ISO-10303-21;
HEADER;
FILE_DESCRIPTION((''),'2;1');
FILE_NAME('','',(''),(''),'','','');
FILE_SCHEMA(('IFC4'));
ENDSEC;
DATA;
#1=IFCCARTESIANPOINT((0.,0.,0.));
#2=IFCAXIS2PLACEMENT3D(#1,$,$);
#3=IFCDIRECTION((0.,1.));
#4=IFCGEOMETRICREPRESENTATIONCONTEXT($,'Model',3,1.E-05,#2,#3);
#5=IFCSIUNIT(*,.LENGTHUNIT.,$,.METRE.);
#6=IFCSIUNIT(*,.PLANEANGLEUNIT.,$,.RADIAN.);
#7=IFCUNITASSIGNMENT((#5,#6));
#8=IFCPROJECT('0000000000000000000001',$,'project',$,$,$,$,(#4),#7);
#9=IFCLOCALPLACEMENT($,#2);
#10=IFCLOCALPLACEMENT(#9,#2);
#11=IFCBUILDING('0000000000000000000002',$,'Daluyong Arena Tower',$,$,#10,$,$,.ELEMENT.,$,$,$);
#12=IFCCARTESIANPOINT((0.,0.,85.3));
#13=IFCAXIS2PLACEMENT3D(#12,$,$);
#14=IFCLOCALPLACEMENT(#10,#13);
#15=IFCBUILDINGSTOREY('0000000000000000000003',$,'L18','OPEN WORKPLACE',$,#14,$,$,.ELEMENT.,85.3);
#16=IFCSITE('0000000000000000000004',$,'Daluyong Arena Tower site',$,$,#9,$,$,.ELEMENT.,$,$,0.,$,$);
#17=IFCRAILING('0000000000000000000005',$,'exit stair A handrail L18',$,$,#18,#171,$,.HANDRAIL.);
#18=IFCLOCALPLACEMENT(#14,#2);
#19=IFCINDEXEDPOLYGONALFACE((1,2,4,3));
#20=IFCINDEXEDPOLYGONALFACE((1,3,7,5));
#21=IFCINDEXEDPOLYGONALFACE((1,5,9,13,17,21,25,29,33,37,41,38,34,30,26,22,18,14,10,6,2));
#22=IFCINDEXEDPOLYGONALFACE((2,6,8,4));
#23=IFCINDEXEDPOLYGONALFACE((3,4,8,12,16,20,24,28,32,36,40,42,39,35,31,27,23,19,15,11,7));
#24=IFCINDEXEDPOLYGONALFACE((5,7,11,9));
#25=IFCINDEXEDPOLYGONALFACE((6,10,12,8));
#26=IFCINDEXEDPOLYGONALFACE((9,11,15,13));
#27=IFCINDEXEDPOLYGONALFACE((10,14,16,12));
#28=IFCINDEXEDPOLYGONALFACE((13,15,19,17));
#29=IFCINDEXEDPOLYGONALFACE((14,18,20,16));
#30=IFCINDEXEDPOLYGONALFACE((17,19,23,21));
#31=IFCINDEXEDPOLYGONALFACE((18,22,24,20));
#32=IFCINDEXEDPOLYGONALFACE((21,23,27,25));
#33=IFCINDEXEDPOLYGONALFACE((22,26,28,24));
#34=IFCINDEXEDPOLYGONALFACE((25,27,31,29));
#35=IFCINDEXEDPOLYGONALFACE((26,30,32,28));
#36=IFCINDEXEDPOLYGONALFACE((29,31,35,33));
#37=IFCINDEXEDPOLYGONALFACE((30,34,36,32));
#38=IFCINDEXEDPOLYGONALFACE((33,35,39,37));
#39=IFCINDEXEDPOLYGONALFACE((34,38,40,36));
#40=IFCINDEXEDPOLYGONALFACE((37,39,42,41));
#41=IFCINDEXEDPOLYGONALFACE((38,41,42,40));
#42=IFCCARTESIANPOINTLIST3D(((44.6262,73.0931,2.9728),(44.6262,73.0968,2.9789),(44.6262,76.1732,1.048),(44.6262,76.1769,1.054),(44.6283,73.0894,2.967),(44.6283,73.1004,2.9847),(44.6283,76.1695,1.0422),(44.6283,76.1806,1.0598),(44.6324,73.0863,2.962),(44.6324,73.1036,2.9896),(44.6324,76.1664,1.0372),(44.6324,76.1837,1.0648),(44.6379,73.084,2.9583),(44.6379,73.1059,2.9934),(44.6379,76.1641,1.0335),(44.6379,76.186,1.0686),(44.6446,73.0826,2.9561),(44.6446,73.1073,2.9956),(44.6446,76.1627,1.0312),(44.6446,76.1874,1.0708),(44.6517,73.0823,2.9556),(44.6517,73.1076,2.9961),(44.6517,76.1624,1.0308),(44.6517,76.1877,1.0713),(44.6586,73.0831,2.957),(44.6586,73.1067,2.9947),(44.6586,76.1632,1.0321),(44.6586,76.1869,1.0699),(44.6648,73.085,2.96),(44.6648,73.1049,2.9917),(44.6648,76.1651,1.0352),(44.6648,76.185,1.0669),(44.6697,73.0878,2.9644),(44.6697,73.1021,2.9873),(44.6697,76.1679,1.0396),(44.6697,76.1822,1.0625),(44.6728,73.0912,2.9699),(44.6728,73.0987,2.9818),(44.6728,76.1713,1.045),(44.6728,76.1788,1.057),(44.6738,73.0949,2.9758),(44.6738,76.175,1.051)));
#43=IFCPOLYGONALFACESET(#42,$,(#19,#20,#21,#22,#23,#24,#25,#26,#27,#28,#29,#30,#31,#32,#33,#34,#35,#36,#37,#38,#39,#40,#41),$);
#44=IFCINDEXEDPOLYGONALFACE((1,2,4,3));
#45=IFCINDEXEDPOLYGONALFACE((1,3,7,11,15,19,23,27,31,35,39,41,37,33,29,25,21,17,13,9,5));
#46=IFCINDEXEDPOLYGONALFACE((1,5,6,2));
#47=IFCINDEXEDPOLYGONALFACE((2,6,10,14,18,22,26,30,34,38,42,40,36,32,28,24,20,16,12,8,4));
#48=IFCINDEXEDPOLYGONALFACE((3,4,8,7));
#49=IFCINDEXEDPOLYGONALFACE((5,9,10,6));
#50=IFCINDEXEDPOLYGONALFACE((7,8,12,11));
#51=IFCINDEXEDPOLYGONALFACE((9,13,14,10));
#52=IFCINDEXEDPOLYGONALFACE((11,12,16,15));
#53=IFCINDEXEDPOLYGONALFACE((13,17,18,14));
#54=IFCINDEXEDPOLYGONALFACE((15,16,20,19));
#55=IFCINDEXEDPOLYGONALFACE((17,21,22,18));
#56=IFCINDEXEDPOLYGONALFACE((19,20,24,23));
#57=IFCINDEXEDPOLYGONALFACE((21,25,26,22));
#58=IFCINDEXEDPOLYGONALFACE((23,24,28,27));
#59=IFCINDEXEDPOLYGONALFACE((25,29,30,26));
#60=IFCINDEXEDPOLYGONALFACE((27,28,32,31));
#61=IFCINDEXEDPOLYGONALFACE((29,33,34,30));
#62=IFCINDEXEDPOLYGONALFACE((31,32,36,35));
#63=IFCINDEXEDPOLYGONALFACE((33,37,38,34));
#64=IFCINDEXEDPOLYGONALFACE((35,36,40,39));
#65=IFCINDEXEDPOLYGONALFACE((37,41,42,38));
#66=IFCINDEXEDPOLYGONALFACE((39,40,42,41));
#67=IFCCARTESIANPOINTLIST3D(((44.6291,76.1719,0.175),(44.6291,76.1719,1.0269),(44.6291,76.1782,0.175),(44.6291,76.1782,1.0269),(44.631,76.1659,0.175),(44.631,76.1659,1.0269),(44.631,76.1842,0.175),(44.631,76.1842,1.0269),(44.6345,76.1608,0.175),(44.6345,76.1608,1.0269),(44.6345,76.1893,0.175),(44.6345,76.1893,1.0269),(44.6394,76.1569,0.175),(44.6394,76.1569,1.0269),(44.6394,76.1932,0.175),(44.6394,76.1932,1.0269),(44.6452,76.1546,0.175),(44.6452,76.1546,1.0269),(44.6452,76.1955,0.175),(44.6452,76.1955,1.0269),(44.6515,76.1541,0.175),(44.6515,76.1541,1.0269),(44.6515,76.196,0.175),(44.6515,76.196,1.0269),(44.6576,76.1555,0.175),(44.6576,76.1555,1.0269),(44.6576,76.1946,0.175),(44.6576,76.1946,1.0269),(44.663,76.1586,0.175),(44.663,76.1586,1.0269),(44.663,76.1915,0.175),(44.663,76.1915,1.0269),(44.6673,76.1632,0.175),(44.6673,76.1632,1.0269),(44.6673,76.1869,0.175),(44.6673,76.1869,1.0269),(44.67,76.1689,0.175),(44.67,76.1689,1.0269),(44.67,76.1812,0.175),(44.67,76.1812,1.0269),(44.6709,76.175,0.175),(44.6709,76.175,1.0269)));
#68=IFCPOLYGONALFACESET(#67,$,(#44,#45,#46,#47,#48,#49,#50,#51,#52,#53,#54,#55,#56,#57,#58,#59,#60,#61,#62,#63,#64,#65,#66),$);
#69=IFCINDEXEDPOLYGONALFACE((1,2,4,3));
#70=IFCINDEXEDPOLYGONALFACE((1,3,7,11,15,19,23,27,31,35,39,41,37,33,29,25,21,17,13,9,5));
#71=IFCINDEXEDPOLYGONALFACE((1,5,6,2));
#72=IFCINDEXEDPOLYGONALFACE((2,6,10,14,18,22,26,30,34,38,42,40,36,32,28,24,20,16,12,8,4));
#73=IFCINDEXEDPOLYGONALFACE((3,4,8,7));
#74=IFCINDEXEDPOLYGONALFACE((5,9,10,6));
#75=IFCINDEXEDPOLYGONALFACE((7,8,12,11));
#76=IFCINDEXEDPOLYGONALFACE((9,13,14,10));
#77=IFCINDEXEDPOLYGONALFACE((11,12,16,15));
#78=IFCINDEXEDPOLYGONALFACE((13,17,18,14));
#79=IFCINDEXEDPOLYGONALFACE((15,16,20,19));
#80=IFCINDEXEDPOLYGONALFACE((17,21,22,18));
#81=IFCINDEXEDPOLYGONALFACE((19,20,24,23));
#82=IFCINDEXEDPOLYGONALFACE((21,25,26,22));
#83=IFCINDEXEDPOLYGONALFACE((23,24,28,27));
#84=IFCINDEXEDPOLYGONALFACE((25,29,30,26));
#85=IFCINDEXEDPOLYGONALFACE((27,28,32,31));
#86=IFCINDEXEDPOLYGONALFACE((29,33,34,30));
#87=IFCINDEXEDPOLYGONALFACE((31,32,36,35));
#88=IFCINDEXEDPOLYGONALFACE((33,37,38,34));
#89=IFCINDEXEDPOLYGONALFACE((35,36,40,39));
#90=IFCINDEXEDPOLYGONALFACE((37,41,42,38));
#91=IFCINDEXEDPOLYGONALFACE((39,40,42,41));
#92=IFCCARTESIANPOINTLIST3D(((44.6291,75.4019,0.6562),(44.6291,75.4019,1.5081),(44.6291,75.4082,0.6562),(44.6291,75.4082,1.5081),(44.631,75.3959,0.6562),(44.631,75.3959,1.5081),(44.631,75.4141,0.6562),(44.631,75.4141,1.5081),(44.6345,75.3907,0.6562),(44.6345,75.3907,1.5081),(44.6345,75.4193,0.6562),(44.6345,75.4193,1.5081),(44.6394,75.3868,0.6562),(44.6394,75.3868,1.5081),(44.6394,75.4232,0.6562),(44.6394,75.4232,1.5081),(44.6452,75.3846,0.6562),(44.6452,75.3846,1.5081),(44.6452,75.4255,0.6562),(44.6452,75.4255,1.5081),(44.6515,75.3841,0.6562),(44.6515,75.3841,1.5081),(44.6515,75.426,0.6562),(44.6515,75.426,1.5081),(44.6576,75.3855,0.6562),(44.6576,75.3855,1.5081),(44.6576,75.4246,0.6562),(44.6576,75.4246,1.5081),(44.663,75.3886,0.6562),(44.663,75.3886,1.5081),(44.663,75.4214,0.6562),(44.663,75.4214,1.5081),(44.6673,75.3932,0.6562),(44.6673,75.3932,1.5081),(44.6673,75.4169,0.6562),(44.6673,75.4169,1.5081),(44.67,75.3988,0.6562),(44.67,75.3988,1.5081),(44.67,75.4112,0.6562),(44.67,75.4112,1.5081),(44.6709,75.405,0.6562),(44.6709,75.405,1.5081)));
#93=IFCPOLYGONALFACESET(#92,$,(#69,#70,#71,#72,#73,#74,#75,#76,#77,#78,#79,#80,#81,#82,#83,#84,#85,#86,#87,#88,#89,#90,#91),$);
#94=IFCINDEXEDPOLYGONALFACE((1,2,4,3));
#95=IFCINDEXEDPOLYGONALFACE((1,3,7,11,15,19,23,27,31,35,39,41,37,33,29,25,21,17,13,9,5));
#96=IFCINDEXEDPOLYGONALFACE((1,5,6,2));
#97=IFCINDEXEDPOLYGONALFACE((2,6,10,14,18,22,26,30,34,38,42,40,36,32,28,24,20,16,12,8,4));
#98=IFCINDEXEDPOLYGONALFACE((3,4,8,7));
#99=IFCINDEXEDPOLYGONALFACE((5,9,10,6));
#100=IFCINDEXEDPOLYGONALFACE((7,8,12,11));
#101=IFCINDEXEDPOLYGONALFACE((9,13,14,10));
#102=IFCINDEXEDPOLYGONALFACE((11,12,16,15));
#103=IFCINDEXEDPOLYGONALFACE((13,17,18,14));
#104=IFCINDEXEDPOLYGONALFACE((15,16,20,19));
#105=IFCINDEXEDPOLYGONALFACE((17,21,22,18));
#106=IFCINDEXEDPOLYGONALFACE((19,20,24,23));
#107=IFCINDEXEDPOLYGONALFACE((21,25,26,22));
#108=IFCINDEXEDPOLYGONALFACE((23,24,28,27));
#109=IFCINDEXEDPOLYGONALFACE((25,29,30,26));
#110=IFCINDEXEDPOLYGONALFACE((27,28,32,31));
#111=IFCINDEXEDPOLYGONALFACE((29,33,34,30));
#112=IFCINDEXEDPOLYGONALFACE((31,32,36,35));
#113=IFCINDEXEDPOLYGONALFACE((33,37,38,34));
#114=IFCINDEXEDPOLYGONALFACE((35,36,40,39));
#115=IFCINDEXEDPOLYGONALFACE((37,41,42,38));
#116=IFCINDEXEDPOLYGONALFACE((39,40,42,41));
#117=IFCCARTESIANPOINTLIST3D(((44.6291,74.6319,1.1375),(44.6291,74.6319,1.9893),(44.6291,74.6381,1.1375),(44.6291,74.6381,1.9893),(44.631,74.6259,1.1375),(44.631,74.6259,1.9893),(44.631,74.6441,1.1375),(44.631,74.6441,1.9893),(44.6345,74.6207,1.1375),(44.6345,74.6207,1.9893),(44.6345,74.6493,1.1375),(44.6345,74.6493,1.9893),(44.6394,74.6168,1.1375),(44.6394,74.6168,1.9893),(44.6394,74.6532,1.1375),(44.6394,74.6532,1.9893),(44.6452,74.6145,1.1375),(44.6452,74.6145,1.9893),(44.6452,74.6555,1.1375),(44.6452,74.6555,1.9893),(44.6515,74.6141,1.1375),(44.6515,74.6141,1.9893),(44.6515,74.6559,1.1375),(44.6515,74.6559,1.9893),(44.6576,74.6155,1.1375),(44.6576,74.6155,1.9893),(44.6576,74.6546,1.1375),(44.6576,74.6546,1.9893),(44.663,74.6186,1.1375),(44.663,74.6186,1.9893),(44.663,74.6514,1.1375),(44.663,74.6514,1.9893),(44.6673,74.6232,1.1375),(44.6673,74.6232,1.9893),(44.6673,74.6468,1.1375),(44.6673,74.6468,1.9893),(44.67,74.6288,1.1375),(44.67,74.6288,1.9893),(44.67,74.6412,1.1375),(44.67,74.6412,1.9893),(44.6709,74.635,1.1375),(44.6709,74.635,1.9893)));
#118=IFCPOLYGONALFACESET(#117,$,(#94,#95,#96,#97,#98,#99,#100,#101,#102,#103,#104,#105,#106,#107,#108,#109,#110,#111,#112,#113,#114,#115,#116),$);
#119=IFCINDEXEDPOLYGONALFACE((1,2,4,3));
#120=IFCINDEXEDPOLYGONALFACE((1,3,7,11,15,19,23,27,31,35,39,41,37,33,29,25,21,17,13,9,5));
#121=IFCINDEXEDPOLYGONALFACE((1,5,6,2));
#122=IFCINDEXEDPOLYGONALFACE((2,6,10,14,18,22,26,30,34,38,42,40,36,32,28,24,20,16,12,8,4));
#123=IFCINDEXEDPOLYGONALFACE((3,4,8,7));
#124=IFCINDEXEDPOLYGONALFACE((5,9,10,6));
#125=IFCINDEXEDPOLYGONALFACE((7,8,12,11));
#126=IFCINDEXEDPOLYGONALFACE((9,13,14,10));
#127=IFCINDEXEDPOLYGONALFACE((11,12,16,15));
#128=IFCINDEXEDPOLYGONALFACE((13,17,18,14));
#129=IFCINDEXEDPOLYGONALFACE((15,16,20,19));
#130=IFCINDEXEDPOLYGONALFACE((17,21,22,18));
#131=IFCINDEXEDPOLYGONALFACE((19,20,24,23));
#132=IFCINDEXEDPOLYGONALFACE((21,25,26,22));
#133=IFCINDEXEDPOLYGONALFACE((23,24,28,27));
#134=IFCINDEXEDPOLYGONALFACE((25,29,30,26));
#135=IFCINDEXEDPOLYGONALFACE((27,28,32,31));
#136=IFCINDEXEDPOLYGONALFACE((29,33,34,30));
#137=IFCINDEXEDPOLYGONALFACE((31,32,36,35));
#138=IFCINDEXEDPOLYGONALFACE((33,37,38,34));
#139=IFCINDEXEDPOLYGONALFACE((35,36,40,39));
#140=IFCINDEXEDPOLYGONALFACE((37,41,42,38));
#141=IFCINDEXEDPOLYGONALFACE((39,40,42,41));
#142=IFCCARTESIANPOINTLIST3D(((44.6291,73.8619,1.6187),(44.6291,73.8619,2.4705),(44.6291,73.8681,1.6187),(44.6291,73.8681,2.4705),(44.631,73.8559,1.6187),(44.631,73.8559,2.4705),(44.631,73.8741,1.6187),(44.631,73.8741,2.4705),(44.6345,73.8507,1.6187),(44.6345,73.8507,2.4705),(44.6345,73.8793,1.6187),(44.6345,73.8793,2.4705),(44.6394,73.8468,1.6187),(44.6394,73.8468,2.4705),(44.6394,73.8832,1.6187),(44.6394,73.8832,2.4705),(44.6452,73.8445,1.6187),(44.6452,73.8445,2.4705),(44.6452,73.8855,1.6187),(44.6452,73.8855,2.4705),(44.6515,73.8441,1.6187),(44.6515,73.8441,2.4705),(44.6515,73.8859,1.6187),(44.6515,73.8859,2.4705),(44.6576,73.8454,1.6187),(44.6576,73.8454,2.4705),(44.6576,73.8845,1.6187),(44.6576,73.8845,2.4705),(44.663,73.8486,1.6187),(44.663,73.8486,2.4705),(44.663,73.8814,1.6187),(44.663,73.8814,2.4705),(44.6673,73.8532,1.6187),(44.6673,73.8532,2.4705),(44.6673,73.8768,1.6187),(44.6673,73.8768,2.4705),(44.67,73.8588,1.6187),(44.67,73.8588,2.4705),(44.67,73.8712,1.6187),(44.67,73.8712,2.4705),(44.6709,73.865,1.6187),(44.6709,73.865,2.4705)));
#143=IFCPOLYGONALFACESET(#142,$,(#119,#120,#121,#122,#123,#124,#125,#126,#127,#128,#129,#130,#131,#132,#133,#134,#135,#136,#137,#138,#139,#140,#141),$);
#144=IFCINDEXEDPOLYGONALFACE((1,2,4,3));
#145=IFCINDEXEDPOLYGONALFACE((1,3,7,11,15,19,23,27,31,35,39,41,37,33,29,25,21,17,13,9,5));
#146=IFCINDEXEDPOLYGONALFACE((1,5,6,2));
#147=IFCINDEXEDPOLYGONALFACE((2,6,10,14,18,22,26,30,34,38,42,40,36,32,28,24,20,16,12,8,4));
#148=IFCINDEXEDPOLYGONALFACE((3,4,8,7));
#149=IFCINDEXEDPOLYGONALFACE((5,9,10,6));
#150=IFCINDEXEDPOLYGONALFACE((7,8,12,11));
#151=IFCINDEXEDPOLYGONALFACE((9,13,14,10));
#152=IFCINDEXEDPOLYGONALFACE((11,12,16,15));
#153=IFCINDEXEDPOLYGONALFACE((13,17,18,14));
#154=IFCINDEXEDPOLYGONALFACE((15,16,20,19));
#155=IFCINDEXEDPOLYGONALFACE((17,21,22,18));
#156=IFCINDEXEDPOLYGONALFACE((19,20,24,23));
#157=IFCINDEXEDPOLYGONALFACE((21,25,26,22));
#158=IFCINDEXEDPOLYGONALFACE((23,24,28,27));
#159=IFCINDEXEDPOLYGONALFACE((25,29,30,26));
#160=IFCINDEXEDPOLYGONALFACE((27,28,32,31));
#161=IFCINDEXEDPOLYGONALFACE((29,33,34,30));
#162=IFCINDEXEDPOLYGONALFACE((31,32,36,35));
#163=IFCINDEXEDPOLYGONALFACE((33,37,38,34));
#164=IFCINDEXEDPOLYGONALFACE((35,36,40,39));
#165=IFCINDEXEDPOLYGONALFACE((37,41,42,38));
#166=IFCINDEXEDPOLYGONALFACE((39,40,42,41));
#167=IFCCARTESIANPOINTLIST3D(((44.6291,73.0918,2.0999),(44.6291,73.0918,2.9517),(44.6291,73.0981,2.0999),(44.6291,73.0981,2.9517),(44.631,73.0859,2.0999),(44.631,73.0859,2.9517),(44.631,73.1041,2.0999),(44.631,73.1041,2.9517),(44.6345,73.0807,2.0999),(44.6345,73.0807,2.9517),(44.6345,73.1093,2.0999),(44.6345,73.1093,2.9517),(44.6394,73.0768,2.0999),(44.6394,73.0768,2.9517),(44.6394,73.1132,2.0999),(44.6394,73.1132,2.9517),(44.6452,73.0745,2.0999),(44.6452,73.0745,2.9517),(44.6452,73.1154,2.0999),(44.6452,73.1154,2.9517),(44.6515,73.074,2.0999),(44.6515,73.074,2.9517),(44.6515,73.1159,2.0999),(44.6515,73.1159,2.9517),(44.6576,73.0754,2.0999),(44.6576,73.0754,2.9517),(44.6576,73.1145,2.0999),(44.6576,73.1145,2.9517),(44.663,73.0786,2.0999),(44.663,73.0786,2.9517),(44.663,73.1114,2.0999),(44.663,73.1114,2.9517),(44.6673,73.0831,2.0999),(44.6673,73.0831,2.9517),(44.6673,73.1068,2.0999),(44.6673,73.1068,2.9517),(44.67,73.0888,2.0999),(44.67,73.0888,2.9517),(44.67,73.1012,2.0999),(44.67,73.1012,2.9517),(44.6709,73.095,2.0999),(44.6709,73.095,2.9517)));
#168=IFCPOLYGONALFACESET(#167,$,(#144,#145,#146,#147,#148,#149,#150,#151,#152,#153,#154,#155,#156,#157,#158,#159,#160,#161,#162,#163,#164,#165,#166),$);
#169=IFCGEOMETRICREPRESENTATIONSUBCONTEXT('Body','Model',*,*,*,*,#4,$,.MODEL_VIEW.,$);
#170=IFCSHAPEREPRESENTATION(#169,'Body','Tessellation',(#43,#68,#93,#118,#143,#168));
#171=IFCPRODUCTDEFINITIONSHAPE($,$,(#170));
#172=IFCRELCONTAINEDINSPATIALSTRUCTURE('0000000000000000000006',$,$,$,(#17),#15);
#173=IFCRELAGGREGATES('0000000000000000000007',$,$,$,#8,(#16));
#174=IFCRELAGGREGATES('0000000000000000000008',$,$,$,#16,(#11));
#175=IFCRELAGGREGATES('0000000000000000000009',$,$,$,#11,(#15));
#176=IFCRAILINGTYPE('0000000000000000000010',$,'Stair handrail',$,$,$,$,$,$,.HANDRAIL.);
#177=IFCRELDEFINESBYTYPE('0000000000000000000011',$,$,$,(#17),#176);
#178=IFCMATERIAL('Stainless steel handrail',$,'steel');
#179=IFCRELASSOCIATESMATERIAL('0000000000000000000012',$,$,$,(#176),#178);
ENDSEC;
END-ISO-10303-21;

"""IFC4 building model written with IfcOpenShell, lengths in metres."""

from ifc_helpers import new_model, si_unit, direction, frame, origin, origin_2d, place, context, subcontext, project, spatial, circle, extrude, material, type_object, element, save


model = new_model("IFC4")

# Units and contexts
model_context = context("Model", 3, precision=1e-05, world=origin(), true_north=direction((0.0, 1.0)))
body_context = subcontext(model_context, "Body", "Model", "MODEL_VIEW")
ifc_project = project(units=[si_unit("LENGTHUNIT", "METRE"), si_unit("PLANEANGLEUNIT", "RADIAN")], contexts=[model_context])

# Site, building, storey
site_placement = place(None, origin())
site = spatial("IfcSite", under=ifc_project, at=site_placement, Name="Daluyong Arena Tower site", CompositionType="ELEMENT", RefElevation=0.0)
building_placement = place(site_placement, origin())
building = spatial("IfcBuilding", under=site, at=building_placement, Name="Daluyong Arena Tower", CompositionType="ELEMENT")
storey_placement = place(building_placement, frame((0.0, 0.0, 85.3)))
storey = spatial("IfcBuildingStorey", under=building, at=storey_placement, Name="L18", Description="OPEN WORKPLACE", CompositionType="ELEMENT", Elevation=85.3)

# Railing
ifc_material_1 = material(Name="Stainless steel handrail", Category="steel")
railing_type_1 = type_object("IfcRailingType", Name="Stair handrail", PredefinedType="HANDRAIL", material=ifc_material_1)
railing_1_placement = place(storey_placement, frame((44.6499, 76.175, 0.175)))
element("IfcRailing", 1, at=railing_1_placement, inside=storey, type_object=railing_type_1, Name="exit stair A handrail L18", PredefinedType="HANDRAIL", context=body_context, shape_type="SweptSolid", body=[
    extrude(circle(Radius=0.0239, at=origin_2d()), frame((0.0, 0.0, 0.876), z_axis=(0.0, -0.848029, 0.529951), x_axis=(1.0, 0.0, 0.0)), (0.0, 0.0, 1.0), 3.6321),
    extrude(circle(Radius=0.021, at=origin_2d()), origin(), (0.0, 0.0, 1.0), 0.8518),
    extrude(circle(Radius=0.021, at=origin_2d()), frame((0.0, -0.77, 0.4812)), (0.0, 0.0, 1.0), 0.8518),
    extrude(circle(Radius=0.021, at=origin_2d()), frame((0.0, -1.54, 0.9624)), (0.0, 0.0, 1.0), 0.8518),
    extrude(circle(Radius=0.021, at=origin_2d()), frame((0.0, -2.3101, 1.4436)), (0.0, 0.0, 1.0), 0.8518),
    extrude(circle(Radius=0.021, at=origin_2d()), frame((0.0, -3.0801, 1.9248)), (0.0, 0.0, 1.0), 0.8518),
])

save(model, "model.ifc")
